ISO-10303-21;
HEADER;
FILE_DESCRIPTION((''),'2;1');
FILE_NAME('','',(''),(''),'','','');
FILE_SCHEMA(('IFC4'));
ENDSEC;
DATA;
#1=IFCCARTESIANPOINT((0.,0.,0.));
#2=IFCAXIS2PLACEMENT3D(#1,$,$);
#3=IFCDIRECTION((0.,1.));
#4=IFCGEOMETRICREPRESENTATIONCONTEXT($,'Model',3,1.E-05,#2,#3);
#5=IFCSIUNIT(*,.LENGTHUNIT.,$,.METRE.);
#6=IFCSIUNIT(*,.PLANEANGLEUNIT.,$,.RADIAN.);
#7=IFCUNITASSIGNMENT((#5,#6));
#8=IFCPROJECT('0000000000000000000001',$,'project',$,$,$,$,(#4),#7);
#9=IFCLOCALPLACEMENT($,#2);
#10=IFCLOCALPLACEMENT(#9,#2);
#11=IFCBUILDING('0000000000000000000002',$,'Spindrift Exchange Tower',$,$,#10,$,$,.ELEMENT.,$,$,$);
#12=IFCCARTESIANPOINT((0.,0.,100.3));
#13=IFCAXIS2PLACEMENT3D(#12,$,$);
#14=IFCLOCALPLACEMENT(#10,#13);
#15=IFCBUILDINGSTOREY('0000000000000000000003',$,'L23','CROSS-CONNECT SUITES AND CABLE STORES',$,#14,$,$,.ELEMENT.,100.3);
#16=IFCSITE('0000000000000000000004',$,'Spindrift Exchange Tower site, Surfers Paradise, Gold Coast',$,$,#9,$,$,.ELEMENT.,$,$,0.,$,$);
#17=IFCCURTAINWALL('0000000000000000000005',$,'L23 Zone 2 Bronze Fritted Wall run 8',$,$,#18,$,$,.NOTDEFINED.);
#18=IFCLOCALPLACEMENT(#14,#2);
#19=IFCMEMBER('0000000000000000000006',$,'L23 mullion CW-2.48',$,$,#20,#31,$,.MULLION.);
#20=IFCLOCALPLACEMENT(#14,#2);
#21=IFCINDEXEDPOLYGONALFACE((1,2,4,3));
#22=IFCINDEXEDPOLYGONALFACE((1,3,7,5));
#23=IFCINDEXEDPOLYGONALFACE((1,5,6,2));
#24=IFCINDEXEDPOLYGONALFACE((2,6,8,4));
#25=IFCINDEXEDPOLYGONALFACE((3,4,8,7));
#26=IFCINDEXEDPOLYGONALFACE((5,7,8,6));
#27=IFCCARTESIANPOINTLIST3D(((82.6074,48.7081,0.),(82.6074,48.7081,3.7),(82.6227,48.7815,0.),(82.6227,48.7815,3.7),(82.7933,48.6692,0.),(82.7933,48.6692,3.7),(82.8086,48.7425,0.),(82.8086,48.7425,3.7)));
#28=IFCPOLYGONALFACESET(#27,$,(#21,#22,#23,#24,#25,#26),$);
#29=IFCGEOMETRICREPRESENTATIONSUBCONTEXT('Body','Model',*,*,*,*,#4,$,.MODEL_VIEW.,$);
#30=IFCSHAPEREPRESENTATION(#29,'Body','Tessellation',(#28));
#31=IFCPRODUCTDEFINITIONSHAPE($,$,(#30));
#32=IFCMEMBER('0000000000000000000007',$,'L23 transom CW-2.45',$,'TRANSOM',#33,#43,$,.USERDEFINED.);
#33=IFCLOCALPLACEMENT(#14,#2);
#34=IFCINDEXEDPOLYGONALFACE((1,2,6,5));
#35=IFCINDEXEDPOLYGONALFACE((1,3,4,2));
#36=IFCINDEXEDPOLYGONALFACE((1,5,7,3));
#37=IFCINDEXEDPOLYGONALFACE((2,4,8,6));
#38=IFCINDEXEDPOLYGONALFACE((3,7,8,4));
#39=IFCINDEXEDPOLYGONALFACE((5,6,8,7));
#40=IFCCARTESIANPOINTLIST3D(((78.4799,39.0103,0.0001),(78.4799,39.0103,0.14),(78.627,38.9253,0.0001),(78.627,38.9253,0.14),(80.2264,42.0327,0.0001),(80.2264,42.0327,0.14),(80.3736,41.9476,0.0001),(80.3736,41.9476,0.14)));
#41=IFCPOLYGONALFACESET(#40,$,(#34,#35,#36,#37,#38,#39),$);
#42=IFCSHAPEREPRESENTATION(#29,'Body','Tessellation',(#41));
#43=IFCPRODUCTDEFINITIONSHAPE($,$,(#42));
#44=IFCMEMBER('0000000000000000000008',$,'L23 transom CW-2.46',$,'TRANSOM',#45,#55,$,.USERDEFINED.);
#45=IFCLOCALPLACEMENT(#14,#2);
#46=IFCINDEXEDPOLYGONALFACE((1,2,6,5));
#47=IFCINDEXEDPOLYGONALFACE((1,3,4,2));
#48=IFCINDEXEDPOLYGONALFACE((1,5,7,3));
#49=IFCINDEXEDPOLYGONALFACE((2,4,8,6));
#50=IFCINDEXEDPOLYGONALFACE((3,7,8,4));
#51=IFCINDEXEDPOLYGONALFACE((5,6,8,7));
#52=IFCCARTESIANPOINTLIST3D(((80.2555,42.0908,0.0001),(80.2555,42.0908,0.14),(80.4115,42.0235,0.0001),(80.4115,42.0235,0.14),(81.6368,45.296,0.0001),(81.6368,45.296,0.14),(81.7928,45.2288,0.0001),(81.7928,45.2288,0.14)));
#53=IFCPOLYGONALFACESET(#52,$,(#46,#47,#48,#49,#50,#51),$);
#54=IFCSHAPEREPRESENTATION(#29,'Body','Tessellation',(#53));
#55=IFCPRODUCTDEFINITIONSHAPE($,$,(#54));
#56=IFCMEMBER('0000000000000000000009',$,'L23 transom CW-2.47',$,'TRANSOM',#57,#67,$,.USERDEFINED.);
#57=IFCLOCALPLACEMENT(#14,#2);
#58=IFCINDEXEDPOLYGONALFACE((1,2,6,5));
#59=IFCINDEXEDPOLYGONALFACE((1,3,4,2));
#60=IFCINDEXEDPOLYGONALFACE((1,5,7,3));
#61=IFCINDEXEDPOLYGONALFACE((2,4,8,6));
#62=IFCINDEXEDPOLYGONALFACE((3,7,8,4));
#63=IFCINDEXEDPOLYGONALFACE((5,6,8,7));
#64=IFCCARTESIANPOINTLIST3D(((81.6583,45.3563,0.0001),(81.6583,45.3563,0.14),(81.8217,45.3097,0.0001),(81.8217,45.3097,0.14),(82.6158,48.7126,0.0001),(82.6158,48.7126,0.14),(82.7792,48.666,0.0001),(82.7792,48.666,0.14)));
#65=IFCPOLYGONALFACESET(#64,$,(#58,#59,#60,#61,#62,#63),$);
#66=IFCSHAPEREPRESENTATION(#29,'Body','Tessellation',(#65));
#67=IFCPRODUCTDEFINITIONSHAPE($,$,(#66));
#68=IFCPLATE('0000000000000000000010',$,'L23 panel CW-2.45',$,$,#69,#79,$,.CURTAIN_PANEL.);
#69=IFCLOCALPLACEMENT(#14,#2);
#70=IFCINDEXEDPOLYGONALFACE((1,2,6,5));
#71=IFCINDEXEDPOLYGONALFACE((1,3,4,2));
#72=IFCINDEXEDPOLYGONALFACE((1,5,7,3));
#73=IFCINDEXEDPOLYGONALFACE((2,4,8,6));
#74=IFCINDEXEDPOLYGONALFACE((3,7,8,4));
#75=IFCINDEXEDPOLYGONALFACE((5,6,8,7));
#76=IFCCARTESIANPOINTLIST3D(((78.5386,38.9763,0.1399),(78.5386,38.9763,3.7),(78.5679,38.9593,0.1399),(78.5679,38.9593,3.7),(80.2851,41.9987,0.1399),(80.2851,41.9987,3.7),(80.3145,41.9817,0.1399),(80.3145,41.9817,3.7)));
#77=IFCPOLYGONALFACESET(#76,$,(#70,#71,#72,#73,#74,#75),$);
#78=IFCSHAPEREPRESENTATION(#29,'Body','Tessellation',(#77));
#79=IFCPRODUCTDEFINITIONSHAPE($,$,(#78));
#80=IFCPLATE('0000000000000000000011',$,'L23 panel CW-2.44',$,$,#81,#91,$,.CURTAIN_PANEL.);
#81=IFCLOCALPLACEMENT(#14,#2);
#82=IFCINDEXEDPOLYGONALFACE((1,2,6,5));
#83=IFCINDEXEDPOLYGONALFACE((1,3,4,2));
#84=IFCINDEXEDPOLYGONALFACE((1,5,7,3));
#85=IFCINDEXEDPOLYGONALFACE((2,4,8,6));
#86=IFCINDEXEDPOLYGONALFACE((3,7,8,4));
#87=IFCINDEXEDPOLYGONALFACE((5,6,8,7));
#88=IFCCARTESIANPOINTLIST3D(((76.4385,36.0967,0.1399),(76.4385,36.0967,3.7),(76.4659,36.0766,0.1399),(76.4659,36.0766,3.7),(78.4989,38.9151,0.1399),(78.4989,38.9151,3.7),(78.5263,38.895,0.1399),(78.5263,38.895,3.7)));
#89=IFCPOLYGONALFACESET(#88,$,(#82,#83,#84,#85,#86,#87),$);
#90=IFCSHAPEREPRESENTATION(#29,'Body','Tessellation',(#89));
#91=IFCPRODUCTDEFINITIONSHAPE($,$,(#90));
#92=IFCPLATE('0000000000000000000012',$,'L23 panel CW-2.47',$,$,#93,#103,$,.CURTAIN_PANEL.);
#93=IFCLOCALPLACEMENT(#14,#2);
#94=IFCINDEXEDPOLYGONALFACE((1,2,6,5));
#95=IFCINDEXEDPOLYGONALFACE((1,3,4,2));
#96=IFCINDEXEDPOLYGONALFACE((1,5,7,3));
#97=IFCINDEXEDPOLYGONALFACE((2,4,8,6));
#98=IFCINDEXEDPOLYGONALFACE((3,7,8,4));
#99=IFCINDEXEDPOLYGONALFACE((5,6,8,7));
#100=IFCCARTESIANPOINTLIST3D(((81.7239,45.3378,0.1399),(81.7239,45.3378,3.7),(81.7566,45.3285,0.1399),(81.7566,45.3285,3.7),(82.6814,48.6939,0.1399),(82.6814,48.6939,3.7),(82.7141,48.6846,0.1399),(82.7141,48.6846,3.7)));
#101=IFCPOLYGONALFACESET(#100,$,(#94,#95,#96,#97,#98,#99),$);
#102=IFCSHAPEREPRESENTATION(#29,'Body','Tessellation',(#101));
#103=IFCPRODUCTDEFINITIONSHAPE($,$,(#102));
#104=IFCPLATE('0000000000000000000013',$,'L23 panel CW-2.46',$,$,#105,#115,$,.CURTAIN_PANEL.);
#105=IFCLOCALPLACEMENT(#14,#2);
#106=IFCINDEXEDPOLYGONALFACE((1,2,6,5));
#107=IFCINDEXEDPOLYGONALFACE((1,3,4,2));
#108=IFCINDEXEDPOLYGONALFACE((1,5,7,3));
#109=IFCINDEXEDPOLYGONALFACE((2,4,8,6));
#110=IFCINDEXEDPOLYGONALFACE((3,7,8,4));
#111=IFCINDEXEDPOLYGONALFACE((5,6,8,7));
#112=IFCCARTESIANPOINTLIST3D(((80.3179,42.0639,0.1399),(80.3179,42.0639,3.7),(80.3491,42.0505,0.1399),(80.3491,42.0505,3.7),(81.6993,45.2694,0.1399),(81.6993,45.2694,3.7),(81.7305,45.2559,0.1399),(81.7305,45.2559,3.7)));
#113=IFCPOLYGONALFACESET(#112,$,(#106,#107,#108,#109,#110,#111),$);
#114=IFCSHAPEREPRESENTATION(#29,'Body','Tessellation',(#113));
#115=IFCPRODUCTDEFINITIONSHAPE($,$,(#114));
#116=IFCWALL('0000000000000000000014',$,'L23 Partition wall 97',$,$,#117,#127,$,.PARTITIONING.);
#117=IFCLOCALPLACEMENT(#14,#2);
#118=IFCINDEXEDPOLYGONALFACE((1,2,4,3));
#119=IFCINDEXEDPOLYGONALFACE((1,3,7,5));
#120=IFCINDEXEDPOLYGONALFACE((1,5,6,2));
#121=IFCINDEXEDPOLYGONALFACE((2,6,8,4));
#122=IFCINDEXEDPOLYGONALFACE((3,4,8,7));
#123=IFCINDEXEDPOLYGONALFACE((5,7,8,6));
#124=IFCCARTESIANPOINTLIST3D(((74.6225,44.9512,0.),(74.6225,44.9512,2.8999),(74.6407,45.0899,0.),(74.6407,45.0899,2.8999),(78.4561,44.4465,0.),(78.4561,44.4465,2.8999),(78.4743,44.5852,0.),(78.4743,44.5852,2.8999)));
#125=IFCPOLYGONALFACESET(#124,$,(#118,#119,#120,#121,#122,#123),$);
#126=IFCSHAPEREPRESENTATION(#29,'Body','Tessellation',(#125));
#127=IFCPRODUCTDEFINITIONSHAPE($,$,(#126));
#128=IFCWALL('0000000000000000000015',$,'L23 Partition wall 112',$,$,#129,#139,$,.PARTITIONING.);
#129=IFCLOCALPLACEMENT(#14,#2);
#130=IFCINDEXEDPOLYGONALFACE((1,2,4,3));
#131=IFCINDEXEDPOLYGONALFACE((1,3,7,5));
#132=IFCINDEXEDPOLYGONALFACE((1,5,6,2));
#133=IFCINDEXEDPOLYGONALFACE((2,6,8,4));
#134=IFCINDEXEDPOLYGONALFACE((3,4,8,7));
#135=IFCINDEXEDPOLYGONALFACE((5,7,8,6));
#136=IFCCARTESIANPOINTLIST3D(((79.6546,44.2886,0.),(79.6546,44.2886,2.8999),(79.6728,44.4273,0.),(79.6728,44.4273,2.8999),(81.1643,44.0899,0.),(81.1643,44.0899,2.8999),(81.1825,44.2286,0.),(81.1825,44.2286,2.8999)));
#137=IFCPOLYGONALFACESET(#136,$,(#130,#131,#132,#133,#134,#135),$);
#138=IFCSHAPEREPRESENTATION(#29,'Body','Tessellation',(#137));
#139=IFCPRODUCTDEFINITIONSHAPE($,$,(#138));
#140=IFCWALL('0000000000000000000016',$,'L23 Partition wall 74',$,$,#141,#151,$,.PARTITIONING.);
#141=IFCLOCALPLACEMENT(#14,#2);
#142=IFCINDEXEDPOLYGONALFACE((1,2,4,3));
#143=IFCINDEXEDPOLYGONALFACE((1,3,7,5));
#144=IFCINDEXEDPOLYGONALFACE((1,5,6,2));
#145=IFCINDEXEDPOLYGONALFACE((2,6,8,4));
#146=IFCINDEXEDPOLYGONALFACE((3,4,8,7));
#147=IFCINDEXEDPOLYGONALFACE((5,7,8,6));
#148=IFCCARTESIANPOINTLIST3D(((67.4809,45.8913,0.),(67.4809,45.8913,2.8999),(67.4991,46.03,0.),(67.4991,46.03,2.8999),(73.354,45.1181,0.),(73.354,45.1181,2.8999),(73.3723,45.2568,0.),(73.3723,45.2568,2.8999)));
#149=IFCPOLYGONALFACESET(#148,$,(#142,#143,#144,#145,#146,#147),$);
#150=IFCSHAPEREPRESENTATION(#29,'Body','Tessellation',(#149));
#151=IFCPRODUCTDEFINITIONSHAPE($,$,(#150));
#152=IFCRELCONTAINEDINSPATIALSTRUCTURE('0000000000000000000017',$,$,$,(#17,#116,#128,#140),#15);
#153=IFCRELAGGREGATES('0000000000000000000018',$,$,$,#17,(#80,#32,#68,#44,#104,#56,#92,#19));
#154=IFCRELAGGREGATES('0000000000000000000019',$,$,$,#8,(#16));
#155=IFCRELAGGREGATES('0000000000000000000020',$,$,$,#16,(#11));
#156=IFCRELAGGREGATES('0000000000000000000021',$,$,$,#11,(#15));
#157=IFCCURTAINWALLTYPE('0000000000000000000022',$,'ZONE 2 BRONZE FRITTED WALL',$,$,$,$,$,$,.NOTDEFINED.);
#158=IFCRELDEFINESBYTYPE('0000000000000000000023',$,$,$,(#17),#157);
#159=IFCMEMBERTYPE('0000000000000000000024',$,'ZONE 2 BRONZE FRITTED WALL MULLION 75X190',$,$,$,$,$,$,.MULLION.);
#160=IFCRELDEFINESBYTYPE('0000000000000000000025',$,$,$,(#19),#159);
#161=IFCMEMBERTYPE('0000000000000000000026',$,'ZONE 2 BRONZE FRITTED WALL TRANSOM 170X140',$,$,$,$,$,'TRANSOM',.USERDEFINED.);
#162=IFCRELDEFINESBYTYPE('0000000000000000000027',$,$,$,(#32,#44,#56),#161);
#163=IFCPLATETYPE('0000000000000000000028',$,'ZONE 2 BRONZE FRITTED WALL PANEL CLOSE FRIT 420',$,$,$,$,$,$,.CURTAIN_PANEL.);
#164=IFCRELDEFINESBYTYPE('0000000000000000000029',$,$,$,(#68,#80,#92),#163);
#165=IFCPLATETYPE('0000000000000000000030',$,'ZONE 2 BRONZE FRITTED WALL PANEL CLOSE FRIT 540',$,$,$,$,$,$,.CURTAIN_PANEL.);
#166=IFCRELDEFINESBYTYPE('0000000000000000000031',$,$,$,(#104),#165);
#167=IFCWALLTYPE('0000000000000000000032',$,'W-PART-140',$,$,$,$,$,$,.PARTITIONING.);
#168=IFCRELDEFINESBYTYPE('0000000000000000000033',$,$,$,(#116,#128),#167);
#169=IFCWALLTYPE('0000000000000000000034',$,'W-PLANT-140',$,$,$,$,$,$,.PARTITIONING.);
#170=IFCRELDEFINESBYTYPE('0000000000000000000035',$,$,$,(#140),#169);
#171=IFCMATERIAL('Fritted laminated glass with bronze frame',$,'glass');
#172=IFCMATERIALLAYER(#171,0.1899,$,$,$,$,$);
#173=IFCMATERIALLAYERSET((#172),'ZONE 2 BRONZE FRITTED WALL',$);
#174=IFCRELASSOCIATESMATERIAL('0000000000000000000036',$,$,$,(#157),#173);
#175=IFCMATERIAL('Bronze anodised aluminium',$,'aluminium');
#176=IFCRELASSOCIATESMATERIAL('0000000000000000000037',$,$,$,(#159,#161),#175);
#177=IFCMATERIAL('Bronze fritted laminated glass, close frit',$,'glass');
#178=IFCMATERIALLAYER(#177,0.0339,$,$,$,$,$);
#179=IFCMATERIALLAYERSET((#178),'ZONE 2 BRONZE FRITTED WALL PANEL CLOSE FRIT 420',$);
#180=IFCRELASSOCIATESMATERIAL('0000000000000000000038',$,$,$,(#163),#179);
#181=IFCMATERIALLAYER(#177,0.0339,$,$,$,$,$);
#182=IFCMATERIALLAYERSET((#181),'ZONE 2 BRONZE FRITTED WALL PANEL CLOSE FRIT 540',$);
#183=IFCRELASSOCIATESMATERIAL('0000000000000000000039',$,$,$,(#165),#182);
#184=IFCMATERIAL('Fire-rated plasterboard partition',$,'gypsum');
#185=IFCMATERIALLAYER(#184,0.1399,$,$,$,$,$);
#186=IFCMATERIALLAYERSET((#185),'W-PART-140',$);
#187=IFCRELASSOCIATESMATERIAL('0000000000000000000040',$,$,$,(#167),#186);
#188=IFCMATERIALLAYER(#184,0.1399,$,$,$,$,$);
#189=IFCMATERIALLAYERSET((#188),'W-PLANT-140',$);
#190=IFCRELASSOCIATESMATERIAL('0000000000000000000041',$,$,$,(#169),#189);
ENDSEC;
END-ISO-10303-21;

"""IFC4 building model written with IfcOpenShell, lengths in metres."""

from ifc_helpers import new_model, si_unit, direction, frame, frame_2d, origin, origin_2d, place, context, subcontext, project, spatial, rectangle, extrude, source, transform, mapped, material, layer, layer_set, material_profile, profile_set, type_object, element, aggregate, save


model = new_model("IFC4")

# Units and contexts
model_context = context("Model", 3, precision=1e-05, world=origin(), true_north=direction((0.0, 1.0)))
body_context = subcontext(model_context, "Body", "Model", "MODEL_VIEW")
ifc_project = project(units=[si_unit("LENGTHUNIT", "METRE"), si_unit("PLANEANGLEUNIT", "RADIAN")], contexts=[model_context])

# Site, building, storey
site_placement = place(None, origin())
site = spatial("IfcSite", under=ifc_project, at=site_placement, Name="Spindrift Exchange Tower site, Surfers Paradise, Gold Coast", CompositionType="ELEMENT", RefElevation=0.0)
building_placement = place(site_placement, origin())
building = spatial("IfcBuilding", under=site, at=building_placement, Name="Spindrift Exchange Tower", CompositionType="ELEMENT")
storey_placement = place(building_placement, frame((0.0, 0.0, 100.3)))
storey = spatial("IfcBuildingStorey", under=building, at=storey_placement, Name="L23", Description="CROSS-CONNECT SUITES AND CABLE STORES", CompositionType="ELEMENT", Elevation=100.3)

# Curtain wall, members, plates
ifc_material_1 = material(Name="Fritted laminated glass with bronze frame", Category="glass")
ifc_layer_1 = layer(ifc_material_1, 0.1899)
ifc_layer_set_1 = layer_set([ifc_layer_1], Name="ZONE 2 BRONZE FRITTED WALL")
curtain_wall_type = type_object("IfcCurtainWallType", Name="ZONE 2 BRONZE FRITTED WALL", PredefinedType="NOTDEFINED", material=ifc_layer_set_1)
curtain_wall_placement = place(storey_placement, origin())
curtain_wall = element("IfcCurtainWall", 1, at=curtain_wall_placement, inside=storey, type_object=curtain_wall_type, Name="L23 Zone 2 Bronze Fritted Wall run 8", PredefinedType="NOTDEFINED")
ifc_material_2 = material(Name="Bronze anodised aluminium", Category="aluminium")
ifc_material_profile_1 = material_profile(ifc_material_2, rectangle(XDim=0.075, YDim=0.1899, at=origin_2d()), Name="ZONE 2 BRONZE FRITTED WALL MULLION 75X190")
ifc_profile_set_1 = profile_set([ifc_material_profile_1], Name="Bronze anodised aluminium")
member_type_1 = type_object("IfcMemberType", Name="ZONE 2 BRONZE FRITTED WALL MULLION 75X190", PredefinedType="MULLION", material=ifc_profile_set_1)
shared_shape_1 = source(origin(), body_context, "Body", "SweptSolid", [
    extrude(rectangle(XDim=0.075, YDim=0.1899, at=origin_2d()), origin(), (0.0, 0.0, 1.0), 3.7),
])
member_1_placement = place(storey_placement, frame((82.708, 48.7253, 0.0), z_axis=(0.0, 0.0, 1.0), x_axis=(0.205103, 0.97874, 0.0)))
member_1 = element("IfcMember", 2, at=member_1_placement, type_object=member_type_1, Name="L23 mullion CW-2.48", PredefinedType="MULLION", context=body_context, shape_type="MappedRepresentation", body=[
    mapped(shared_shape_1, transform((0.0, 0.0, 0.0), scale=1.0)),
])
ifc_material_profile_2 = material_profile(ifc_material_2, rectangle(XDim=0.1699, YDim=0.1399, at=origin_2d()), Name="ZONE 2 BRONZE FRITTED WALL TRANSOM 170X140")
ifc_profile_set_2 = profile_set([ifc_material_profile_2], Name="Bronze anodised aluminium")
member_type_2 = type_object("IfcMemberType", Name="ZONE 2 BRONZE FRITTED WALL TRANSOM 170X140", ElementType="TRANSOM", PredefinedType="USERDEFINED", material=ifc_profile_set_2)
shared_shape_2 = source(origin(), body_context, "Body", "SweptSolid", [
    extrude(rectangle(XDim=0.1699, YDim=0.1399, at=origin_2d()), origin(), (0.0, 0.0, 1.0), 3.4907),
])
member_2_placement = place(storey_placement, frame((78.5535, 38.9678, 0.0701), z_axis=(0.500336, 0.865831, 0.0), x_axis=(-0.865831, 0.500336, 0.0)))
member_2 = element("IfcMember", 3, at=member_2_placement, type_object=member_type_2, Name="L23 transom CW-2.45", ObjectType="TRANSOM", PredefinedType="USERDEFINED", context=body_context, shape_type="MappedRepresentation", body=[
    mapped(shared_shape_2, transform((0.0, 0.0, 0.0), scale=1.0)),
])
shared_shape_3 = source(origin(), body_context, "Body", "SweptSolid", [
    extrude(rectangle(XDim=0.1699, YDim=0.1399, at=origin_2d()), origin(), (0.0, 0.0, 1.0), 3.4902),
])
member_3_placement = place(storey_placement, frame((80.3335, 42.0571, 0.0701), z_axis=(0.395767, 0.918351, 0.0), x_axis=(-0.918351, 0.395767, 0.0)))
member_3 = element("IfcMember", 4, at=member_3_placement, type_object=member_type_2, Name="L23 transom CW-2.46", ObjectType="TRANSOM", PredefinedType="USERDEFINED", context=body_context, shape_type="MappedRepresentation", body=[
    mapped(shared_shape_3, transform((0.0, 0.0, 0.0), scale=1.0)),
])
member_4_placement = place(storey_placement, frame((81.74, 45.333, 0.0701), z_axis=(0.274352, 0.961629, 0.0), x_axis=(-0.961629, 0.274352, 0.0)))
member_4 = element("IfcMember", 5, at=member_4_placement, type_object=member_type_2, Name="L23 transom CW-2.47", ObjectType="TRANSOM", PredefinedType="USERDEFINED", context=body_context, shape_type="MappedRepresentation", body=[
    mapped(shared_shape_3, transform((0.0, 0.0, 0.0), scale=1.0)),
])
ifc_material_3 = material(Name="Bronze fritted laminated glass, close frit", Category="glass")
ifc_layer_2 = layer(ifc_material_3, 0.0339)
ifc_layer_set_2 = layer_set([ifc_layer_2], Name="ZONE 2 BRONZE FRITTED WALL PANEL CLOSE FRIT 420")
plate_type_1 = type_object("IfcPlateType", Name="ZONE 2 BRONZE FRITTED WALL PANEL CLOSE FRIT 420", PredefinedType="CURTAIN_PANEL", material=ifc_layer_set_2)
shared_shape_4 = source(origin(), body_context, "Body", "SweptSolid", [
    extrude(rectangle(XDim=3.4907, YDim=0.0339, at=origin_2d()), origin(), (0.0, 0.0, 1.0), 3.5601),
])
plate_1_placement = place(storey_placement, frame((79.4265, 40.479, 0.1399), z_axis=(0.0, 0.0, 1.0), x_axis=(0.500334, 0.865832, 0.0)))
plate_1 = element("IfcPlate", 6, at=plate_1_placement, type_object=plate_type_1, Name="L23 panel CW-2.45", PredefinedType="CURTAIN_PANEL", context=body_context, shape_type="MappedRepresentation", body=[
    mapped(shared_shape_4, transform((0.0, 0.0, 0.0), scale=1.0)),
])
shared_shape_5 = source(origin(), body_context, "Body", "SweptSolid", [
    extrude(rectangle(XDim=3.4912, YDim=0.0339, at=origin_2d()), origin(), (0.0, 0.0, 1.0), 3.5601),
])
plate_2_placement = place(storey_placement, frame((77.4824, 37.4958, 0.1399), z_axis=(0.0, 0.0, 1.0), x_axis=(0.590161, 0.807286, 0.0)))
plate_2 = element("IfcPlate", 7, at=plate_2_placement, type_object=plate_type_1, Name="L23 panel CW-2.44", PredefinedType="CURTAIN_PANEL", context=body_context, shape_type="MappedRepresentation", body=[
    mapped(shared_shape_5, transform((0.0, 0.0, 0.0), scale=1.0)),
])
shared_shape_6 = source(origin(), body_context, "Body", "SweptSolid", [
    extrude(rectangle(XDim=3.49, YDim=0.0339, at=origin_2d()), origin(), (0.0, 0.0, 1.0), 3.5601),
])
plate_3_placement = place(storey_placement, frame((82.219, 47.0112, 0.1399), z_axis=(0.0, 0.0, 1.0), x_axis=(0.274354, 0.961629, 0.0)))
plate_3 = element("IfcPlate", 8, at=plate_3_placement, type_object=plate_type_1, Name="L23 panel CW-2.47", PredefinedType="CURTAIN_PANEL", context=body_context, shape_type="MappedRepresentation", body=[
    mapped(shared_shape_6, transform((0.0, 0.0, 0.0), scale=1.0)),
])
ifc_layer_3 = layer(ifc_material_3, 0.0339)
ifc_layer_set_3 = layer_set([ifc_layer_3], Name="ZONE 2 BRONZE FRITTED WALL PANEL CLOSE FRIT 540")
plate_type_2 = type_object("IfcPlateType", Name="ZONE 2 BRONZE FRITTED WALL PANEL CLOSE FRIT 540", PredefinedType="CURTAIN_PANEL", material=ifc_layer_set_3)
shared_shape_7 = source(origin(), body_context, "Body", "SweptSolid", [
    extrude(rectangle(XDim=3.4905, YDim=0.0339, at=origin_2d()), origin(), (0.0, 0.0, 1.0), 3.5601),
])
plate_4_placement = place(storey_placement, frame((81.0242, 43.6599, 0.1399), z_axis=(0.0, 0.0, 1.0), x_axis=(0.395763, 0.918352, 0.0)))
plate_4 = element("IfcPlate", 9, at=plate_4_placement, type_object=plate_type_2, Name="L23 panel CW-2.46", PredefinedType="CURTAIN_PANEL", context=body_context, shape_type="MappedRepresentation", body=[
    mapped(shared_shape_7, transform((0.0, 0.0, 0.0), scale=1.0)),
])
aggregate(curtain_wall, [plate_2, member_2, plate_1, member_3, plate_4, member_4, plate_3, member_1])

# Walls
ifc_material_4 = material(Name="Fire-rated plasterboard partition", Category="gypsum")
ifc_layer_4 = layer(ifc_material_4, 0.1399)
ifc_layer_set_4 = layer_set([ifc_layer_4], Name="W-PART-140")
wall_type_1 = type_object("IfcWallType", Name="W-PART-140", PredefinedType="PARTITIONING", material=ifc_layer_set_4)
wall_1_placement = place(storey_placement, frame((74.6316, 45.0205, 0.0), z_axis=(0.0, 0.0, 1.0), x_axis=(0.991448, -0.130505, 0.0)))
element("IfcWall", 10, at=wall_1_placement, inside=storey, type_object=wall_type_1, Name="L23 Partition wall 97", PredefinedType="PARTITIONING", context=body_context, shape_type="SweptSolid", body=[
    extrude(rectangle(XDim=3.8667, YDim=0.1399, at=frame_2d((1.9333, 0.0))), origin(), (0.0, 0.0, 1.0), 2.8999),
])
wall_2_placement = place(storey_placement, frame((79.6638, 44.3579, 0.0), z_axis=(0.0, 0.0, 1.0), x_axis=(0.991448, -0.130504, 0.0)))
element("IfcWall", 11, at=wall_2_placement, inside=storey, type_object=wall_type_1, Name="L23 Partition wall 112", PredefinedType="PARTITIONING", context=body_context, shape_type="SweptSolid", body=[
    extrude(rectangle(XDim=1.5227, YDim=0.1399, at=frame_2d((0.7612, 0.0))), origin(), (0.0, 0.0, 1.0), 2.8999),
])
ifc_layer_5 = layer(ifc_material_4, 0.1399)
ifc_layer_set_5 = layer_set([ifc_layer_5], Name="W-PLANT-140")
wall_type_2 = type_object("IfcWallType", Name="W-PLANT-140", PredefinedType="PARTITIONING", material=ifc_layer_set_5)
wall_3_placement = place(storey_placement, frame((67.49, 45.9607, 0.0), z_axis=(0.0, 0.0, 1.0), x_axis=(0.991445, -0.130525, 0.0)))
element("IfcWall", 12, at=wall_3_placement, inside=storey, type_object=wall_type_2, Name="L23 Partition wall 74", PredefinedType="PARTITIONING", context=body_context, shape_type="SweptSolid", body=[
    extrude(rectangle(XDim=5.9238, YDim=0.1399, at=frame_2d((2.9619, 0.0))), origin(), (0.0, 0.0, 1.0), 2.8999),
])

save(model, "model.ifc")
